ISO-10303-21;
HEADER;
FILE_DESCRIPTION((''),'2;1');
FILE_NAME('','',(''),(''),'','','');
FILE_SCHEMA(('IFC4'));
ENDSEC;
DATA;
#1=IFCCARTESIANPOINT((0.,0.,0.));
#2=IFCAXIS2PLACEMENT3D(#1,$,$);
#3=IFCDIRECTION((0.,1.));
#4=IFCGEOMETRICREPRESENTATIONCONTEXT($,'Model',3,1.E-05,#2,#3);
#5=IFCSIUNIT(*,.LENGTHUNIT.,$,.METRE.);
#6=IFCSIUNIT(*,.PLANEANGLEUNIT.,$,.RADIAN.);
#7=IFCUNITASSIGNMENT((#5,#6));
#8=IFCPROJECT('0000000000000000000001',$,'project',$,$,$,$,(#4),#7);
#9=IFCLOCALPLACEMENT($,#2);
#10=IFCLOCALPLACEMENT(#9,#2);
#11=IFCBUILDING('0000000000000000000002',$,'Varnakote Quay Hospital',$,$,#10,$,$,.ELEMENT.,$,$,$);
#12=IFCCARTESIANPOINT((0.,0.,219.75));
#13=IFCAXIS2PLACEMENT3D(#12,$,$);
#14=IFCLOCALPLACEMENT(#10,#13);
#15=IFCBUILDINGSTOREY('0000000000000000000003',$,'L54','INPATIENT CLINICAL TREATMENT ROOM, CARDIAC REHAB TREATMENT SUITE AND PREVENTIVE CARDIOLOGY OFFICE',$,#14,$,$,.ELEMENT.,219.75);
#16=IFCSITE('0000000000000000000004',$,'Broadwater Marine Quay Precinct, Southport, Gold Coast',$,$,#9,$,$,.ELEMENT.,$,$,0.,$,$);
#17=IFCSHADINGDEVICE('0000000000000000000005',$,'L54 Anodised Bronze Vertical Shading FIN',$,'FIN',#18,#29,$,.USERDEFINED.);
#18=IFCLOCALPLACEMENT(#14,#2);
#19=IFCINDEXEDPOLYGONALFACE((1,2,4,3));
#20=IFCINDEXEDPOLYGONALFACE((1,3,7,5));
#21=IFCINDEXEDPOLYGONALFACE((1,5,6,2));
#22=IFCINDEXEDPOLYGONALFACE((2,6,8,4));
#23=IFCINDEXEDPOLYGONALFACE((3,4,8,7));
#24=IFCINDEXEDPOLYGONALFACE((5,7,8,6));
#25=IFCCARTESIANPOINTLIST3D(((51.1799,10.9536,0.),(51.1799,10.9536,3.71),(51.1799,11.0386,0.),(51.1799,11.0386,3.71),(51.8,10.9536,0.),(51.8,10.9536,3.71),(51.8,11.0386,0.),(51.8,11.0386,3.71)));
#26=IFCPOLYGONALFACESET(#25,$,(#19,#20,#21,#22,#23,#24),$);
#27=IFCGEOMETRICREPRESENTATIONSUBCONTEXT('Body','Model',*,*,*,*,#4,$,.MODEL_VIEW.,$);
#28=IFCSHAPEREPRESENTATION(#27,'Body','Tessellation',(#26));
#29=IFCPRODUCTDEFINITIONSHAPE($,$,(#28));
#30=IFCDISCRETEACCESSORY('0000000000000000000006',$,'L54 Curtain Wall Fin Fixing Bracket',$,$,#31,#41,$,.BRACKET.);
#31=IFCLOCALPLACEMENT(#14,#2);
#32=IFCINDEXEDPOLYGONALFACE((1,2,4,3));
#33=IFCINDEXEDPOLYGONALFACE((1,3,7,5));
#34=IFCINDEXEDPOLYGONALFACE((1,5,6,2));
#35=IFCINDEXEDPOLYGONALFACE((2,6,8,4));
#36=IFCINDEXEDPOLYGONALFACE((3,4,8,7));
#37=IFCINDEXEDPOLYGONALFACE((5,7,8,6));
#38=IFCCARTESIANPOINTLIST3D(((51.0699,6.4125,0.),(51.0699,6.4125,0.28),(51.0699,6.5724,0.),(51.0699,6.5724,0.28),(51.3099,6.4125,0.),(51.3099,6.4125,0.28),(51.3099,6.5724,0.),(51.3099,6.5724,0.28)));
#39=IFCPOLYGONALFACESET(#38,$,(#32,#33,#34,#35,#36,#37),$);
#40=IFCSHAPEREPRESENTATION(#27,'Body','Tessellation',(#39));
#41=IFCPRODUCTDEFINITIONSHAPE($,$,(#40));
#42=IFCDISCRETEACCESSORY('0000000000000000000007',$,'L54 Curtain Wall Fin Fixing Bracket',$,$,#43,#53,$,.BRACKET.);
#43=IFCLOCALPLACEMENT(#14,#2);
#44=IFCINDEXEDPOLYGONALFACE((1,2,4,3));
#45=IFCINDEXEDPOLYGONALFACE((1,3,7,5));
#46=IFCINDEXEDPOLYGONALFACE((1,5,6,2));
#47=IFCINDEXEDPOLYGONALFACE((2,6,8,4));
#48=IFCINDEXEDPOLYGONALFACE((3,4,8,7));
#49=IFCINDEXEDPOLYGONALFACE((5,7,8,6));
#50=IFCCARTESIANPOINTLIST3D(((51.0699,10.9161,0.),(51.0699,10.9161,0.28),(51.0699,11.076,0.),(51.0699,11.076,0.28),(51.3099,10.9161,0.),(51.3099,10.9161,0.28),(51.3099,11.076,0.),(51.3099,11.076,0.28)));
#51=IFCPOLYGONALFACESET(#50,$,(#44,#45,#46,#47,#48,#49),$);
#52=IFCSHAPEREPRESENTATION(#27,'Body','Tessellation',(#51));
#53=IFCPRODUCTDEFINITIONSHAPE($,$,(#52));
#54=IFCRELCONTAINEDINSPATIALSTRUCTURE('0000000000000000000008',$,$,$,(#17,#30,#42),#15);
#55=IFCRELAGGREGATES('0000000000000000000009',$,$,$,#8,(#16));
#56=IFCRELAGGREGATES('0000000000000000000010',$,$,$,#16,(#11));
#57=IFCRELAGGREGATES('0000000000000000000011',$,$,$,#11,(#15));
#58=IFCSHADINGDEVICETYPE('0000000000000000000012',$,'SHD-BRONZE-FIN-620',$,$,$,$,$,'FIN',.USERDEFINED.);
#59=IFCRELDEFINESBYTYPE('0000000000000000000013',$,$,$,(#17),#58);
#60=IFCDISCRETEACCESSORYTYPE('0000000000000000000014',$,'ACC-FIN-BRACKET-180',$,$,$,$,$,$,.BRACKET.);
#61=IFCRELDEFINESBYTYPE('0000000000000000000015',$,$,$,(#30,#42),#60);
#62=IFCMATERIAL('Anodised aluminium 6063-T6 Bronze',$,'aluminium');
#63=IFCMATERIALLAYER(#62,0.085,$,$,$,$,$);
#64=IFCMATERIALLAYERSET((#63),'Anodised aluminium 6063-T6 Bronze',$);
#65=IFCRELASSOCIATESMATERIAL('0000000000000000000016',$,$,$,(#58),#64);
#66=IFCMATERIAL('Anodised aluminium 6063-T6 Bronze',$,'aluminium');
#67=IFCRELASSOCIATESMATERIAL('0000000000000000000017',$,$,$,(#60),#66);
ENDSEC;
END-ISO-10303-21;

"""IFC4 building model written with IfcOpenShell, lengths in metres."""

from ifc_helpers import new_model, si_unit, direction, frame, origin, origin_2d, place, context, subcontext, project, spatial, rectangle, extrude, material, layer, layer_set, type_object, element, save


model = new_model("IFC4")

# Units and contexts
model_context = context("Model", 3, precision=1e-05, world=origin(), true_north=direction((0.0, 1.0)))
body_context = subcontext(model_context, "Body", "Model", "MODEL_VIEW")
ifc_project = project(units=[si_unit("LENGTHUNIT", "METRE"), si_unit("PLANEANGLEUNIT", "RADIAN")], contexts=[model_context])

# Site, building, storey
site_placement = place(None, origin())
site = spatial("IfcSite", under=ifc_project, at=site_placement, Name="Broadwater Marine Quay Precinct, Southport, Gold Coast", CompositionType="ELEMENT", RefElevation=0.0)
building_placement = place(site_placement, origin())
building = spatial("IfcBuilding", under=site, at=building_placement, Name="Varnakote Quay Hospital", CompositionType="ELEMENT")
storey_placement = place(building_placement, frame((0.0, 0.0, 219.75)))
storey = spatial("IfcBuildingStorey", under=building, at=storey_placement, Name="L54", Description="INPATIENT CLINICAL TREATMENT ROOM, CARDIAC REHAB TREATMENT SUITE AND PREVENTIVE CARDIOLOGY OFFICE", CompositionType="ELEMENT", Elevation=219.75)

# Shading device
ifc_material_1 = material(Name="Anodised aluminium 6063-T6 Bronze", Category="aluminium")
ifc_layer_1 = layer(ifc_material_1, 0.085)
ifc_layer_set_1 = layer_set([ifc_layer_1], Name="Anodised aluminium 6063-T6 Bronze")
shading_device_type = type_object("IfcShadingDeviceType", Name="SHD-BRONZE-FIN-620", ElementType="FIN", PredefinedType="USERDEFINED", material=ifc_layer_set_1)
for number, where, z_axis, x_axis, name in (
    (1, (51.49, 10.9961, 0.0), (0.0, 0.0, 1.0), (-1.0, 0.0, 0.0), "L54 Anodised Bronze Vertical Shading FIN"),
):
    element("IfcShadingDevice", number, at=place(storey_placement, frame(where, z_axis=z_axis, x_axis=x_axis)), inside=storey, type_object=shading_device_type, Name=name, ObjectType="FIN", PredefinedType="USERDEFINED", context=body_context, shape_type="SweptSolid", body=[
        extrude(rectangle(XDim=0.6201, YDim=0.085, at=origin_2d()), origin(), (0.0, 0.0, 1.0), 3.71),
    ])

# Discrete accessories
ifc_material_2 = material(Name="Anodised aluminium 6063-T6 Bronze", Category="aluminium")
discrete_accessory_type = type_object("IfcDiscreteAccessoryType", Name="ACC-FIN-BRACKET-180", PredefinedType="BRACKET", material=ifc_material_2)
for number, where, z_axis, x_axis, name in (
    (2, (51.1899, 6.4924, 0.0), (0.0, 0.0, 1.0), (0.0, 1.0, 0.0), "L54 Curtain Wall Fin Fixing Bracket"),
    (3, (51.1899, 10.9961, 0.0), (0.0, 0.0, 1.0), (0.0, 1.0, 0.0), "L54 Curtain Wall Fin Fixing Bracket"),
):
    element("IfcDiscreteAccessory", number, at=place(storey_placement, frame(where, z_axis=z_axis, x_axis=x_axis)), inside=storey, type_object=discrete_accessory_type, Name=name, PredefinedType="BRACKET", context=body_context, shape_type="SweptSolid", body=[
        extrude(rectangle(XDim=0.1599, YDim=0.24, at=origin_2d()), origin(), (0.0, 0.0, 1.0), 0.28),
    ])

save(model, "model.ifc")
